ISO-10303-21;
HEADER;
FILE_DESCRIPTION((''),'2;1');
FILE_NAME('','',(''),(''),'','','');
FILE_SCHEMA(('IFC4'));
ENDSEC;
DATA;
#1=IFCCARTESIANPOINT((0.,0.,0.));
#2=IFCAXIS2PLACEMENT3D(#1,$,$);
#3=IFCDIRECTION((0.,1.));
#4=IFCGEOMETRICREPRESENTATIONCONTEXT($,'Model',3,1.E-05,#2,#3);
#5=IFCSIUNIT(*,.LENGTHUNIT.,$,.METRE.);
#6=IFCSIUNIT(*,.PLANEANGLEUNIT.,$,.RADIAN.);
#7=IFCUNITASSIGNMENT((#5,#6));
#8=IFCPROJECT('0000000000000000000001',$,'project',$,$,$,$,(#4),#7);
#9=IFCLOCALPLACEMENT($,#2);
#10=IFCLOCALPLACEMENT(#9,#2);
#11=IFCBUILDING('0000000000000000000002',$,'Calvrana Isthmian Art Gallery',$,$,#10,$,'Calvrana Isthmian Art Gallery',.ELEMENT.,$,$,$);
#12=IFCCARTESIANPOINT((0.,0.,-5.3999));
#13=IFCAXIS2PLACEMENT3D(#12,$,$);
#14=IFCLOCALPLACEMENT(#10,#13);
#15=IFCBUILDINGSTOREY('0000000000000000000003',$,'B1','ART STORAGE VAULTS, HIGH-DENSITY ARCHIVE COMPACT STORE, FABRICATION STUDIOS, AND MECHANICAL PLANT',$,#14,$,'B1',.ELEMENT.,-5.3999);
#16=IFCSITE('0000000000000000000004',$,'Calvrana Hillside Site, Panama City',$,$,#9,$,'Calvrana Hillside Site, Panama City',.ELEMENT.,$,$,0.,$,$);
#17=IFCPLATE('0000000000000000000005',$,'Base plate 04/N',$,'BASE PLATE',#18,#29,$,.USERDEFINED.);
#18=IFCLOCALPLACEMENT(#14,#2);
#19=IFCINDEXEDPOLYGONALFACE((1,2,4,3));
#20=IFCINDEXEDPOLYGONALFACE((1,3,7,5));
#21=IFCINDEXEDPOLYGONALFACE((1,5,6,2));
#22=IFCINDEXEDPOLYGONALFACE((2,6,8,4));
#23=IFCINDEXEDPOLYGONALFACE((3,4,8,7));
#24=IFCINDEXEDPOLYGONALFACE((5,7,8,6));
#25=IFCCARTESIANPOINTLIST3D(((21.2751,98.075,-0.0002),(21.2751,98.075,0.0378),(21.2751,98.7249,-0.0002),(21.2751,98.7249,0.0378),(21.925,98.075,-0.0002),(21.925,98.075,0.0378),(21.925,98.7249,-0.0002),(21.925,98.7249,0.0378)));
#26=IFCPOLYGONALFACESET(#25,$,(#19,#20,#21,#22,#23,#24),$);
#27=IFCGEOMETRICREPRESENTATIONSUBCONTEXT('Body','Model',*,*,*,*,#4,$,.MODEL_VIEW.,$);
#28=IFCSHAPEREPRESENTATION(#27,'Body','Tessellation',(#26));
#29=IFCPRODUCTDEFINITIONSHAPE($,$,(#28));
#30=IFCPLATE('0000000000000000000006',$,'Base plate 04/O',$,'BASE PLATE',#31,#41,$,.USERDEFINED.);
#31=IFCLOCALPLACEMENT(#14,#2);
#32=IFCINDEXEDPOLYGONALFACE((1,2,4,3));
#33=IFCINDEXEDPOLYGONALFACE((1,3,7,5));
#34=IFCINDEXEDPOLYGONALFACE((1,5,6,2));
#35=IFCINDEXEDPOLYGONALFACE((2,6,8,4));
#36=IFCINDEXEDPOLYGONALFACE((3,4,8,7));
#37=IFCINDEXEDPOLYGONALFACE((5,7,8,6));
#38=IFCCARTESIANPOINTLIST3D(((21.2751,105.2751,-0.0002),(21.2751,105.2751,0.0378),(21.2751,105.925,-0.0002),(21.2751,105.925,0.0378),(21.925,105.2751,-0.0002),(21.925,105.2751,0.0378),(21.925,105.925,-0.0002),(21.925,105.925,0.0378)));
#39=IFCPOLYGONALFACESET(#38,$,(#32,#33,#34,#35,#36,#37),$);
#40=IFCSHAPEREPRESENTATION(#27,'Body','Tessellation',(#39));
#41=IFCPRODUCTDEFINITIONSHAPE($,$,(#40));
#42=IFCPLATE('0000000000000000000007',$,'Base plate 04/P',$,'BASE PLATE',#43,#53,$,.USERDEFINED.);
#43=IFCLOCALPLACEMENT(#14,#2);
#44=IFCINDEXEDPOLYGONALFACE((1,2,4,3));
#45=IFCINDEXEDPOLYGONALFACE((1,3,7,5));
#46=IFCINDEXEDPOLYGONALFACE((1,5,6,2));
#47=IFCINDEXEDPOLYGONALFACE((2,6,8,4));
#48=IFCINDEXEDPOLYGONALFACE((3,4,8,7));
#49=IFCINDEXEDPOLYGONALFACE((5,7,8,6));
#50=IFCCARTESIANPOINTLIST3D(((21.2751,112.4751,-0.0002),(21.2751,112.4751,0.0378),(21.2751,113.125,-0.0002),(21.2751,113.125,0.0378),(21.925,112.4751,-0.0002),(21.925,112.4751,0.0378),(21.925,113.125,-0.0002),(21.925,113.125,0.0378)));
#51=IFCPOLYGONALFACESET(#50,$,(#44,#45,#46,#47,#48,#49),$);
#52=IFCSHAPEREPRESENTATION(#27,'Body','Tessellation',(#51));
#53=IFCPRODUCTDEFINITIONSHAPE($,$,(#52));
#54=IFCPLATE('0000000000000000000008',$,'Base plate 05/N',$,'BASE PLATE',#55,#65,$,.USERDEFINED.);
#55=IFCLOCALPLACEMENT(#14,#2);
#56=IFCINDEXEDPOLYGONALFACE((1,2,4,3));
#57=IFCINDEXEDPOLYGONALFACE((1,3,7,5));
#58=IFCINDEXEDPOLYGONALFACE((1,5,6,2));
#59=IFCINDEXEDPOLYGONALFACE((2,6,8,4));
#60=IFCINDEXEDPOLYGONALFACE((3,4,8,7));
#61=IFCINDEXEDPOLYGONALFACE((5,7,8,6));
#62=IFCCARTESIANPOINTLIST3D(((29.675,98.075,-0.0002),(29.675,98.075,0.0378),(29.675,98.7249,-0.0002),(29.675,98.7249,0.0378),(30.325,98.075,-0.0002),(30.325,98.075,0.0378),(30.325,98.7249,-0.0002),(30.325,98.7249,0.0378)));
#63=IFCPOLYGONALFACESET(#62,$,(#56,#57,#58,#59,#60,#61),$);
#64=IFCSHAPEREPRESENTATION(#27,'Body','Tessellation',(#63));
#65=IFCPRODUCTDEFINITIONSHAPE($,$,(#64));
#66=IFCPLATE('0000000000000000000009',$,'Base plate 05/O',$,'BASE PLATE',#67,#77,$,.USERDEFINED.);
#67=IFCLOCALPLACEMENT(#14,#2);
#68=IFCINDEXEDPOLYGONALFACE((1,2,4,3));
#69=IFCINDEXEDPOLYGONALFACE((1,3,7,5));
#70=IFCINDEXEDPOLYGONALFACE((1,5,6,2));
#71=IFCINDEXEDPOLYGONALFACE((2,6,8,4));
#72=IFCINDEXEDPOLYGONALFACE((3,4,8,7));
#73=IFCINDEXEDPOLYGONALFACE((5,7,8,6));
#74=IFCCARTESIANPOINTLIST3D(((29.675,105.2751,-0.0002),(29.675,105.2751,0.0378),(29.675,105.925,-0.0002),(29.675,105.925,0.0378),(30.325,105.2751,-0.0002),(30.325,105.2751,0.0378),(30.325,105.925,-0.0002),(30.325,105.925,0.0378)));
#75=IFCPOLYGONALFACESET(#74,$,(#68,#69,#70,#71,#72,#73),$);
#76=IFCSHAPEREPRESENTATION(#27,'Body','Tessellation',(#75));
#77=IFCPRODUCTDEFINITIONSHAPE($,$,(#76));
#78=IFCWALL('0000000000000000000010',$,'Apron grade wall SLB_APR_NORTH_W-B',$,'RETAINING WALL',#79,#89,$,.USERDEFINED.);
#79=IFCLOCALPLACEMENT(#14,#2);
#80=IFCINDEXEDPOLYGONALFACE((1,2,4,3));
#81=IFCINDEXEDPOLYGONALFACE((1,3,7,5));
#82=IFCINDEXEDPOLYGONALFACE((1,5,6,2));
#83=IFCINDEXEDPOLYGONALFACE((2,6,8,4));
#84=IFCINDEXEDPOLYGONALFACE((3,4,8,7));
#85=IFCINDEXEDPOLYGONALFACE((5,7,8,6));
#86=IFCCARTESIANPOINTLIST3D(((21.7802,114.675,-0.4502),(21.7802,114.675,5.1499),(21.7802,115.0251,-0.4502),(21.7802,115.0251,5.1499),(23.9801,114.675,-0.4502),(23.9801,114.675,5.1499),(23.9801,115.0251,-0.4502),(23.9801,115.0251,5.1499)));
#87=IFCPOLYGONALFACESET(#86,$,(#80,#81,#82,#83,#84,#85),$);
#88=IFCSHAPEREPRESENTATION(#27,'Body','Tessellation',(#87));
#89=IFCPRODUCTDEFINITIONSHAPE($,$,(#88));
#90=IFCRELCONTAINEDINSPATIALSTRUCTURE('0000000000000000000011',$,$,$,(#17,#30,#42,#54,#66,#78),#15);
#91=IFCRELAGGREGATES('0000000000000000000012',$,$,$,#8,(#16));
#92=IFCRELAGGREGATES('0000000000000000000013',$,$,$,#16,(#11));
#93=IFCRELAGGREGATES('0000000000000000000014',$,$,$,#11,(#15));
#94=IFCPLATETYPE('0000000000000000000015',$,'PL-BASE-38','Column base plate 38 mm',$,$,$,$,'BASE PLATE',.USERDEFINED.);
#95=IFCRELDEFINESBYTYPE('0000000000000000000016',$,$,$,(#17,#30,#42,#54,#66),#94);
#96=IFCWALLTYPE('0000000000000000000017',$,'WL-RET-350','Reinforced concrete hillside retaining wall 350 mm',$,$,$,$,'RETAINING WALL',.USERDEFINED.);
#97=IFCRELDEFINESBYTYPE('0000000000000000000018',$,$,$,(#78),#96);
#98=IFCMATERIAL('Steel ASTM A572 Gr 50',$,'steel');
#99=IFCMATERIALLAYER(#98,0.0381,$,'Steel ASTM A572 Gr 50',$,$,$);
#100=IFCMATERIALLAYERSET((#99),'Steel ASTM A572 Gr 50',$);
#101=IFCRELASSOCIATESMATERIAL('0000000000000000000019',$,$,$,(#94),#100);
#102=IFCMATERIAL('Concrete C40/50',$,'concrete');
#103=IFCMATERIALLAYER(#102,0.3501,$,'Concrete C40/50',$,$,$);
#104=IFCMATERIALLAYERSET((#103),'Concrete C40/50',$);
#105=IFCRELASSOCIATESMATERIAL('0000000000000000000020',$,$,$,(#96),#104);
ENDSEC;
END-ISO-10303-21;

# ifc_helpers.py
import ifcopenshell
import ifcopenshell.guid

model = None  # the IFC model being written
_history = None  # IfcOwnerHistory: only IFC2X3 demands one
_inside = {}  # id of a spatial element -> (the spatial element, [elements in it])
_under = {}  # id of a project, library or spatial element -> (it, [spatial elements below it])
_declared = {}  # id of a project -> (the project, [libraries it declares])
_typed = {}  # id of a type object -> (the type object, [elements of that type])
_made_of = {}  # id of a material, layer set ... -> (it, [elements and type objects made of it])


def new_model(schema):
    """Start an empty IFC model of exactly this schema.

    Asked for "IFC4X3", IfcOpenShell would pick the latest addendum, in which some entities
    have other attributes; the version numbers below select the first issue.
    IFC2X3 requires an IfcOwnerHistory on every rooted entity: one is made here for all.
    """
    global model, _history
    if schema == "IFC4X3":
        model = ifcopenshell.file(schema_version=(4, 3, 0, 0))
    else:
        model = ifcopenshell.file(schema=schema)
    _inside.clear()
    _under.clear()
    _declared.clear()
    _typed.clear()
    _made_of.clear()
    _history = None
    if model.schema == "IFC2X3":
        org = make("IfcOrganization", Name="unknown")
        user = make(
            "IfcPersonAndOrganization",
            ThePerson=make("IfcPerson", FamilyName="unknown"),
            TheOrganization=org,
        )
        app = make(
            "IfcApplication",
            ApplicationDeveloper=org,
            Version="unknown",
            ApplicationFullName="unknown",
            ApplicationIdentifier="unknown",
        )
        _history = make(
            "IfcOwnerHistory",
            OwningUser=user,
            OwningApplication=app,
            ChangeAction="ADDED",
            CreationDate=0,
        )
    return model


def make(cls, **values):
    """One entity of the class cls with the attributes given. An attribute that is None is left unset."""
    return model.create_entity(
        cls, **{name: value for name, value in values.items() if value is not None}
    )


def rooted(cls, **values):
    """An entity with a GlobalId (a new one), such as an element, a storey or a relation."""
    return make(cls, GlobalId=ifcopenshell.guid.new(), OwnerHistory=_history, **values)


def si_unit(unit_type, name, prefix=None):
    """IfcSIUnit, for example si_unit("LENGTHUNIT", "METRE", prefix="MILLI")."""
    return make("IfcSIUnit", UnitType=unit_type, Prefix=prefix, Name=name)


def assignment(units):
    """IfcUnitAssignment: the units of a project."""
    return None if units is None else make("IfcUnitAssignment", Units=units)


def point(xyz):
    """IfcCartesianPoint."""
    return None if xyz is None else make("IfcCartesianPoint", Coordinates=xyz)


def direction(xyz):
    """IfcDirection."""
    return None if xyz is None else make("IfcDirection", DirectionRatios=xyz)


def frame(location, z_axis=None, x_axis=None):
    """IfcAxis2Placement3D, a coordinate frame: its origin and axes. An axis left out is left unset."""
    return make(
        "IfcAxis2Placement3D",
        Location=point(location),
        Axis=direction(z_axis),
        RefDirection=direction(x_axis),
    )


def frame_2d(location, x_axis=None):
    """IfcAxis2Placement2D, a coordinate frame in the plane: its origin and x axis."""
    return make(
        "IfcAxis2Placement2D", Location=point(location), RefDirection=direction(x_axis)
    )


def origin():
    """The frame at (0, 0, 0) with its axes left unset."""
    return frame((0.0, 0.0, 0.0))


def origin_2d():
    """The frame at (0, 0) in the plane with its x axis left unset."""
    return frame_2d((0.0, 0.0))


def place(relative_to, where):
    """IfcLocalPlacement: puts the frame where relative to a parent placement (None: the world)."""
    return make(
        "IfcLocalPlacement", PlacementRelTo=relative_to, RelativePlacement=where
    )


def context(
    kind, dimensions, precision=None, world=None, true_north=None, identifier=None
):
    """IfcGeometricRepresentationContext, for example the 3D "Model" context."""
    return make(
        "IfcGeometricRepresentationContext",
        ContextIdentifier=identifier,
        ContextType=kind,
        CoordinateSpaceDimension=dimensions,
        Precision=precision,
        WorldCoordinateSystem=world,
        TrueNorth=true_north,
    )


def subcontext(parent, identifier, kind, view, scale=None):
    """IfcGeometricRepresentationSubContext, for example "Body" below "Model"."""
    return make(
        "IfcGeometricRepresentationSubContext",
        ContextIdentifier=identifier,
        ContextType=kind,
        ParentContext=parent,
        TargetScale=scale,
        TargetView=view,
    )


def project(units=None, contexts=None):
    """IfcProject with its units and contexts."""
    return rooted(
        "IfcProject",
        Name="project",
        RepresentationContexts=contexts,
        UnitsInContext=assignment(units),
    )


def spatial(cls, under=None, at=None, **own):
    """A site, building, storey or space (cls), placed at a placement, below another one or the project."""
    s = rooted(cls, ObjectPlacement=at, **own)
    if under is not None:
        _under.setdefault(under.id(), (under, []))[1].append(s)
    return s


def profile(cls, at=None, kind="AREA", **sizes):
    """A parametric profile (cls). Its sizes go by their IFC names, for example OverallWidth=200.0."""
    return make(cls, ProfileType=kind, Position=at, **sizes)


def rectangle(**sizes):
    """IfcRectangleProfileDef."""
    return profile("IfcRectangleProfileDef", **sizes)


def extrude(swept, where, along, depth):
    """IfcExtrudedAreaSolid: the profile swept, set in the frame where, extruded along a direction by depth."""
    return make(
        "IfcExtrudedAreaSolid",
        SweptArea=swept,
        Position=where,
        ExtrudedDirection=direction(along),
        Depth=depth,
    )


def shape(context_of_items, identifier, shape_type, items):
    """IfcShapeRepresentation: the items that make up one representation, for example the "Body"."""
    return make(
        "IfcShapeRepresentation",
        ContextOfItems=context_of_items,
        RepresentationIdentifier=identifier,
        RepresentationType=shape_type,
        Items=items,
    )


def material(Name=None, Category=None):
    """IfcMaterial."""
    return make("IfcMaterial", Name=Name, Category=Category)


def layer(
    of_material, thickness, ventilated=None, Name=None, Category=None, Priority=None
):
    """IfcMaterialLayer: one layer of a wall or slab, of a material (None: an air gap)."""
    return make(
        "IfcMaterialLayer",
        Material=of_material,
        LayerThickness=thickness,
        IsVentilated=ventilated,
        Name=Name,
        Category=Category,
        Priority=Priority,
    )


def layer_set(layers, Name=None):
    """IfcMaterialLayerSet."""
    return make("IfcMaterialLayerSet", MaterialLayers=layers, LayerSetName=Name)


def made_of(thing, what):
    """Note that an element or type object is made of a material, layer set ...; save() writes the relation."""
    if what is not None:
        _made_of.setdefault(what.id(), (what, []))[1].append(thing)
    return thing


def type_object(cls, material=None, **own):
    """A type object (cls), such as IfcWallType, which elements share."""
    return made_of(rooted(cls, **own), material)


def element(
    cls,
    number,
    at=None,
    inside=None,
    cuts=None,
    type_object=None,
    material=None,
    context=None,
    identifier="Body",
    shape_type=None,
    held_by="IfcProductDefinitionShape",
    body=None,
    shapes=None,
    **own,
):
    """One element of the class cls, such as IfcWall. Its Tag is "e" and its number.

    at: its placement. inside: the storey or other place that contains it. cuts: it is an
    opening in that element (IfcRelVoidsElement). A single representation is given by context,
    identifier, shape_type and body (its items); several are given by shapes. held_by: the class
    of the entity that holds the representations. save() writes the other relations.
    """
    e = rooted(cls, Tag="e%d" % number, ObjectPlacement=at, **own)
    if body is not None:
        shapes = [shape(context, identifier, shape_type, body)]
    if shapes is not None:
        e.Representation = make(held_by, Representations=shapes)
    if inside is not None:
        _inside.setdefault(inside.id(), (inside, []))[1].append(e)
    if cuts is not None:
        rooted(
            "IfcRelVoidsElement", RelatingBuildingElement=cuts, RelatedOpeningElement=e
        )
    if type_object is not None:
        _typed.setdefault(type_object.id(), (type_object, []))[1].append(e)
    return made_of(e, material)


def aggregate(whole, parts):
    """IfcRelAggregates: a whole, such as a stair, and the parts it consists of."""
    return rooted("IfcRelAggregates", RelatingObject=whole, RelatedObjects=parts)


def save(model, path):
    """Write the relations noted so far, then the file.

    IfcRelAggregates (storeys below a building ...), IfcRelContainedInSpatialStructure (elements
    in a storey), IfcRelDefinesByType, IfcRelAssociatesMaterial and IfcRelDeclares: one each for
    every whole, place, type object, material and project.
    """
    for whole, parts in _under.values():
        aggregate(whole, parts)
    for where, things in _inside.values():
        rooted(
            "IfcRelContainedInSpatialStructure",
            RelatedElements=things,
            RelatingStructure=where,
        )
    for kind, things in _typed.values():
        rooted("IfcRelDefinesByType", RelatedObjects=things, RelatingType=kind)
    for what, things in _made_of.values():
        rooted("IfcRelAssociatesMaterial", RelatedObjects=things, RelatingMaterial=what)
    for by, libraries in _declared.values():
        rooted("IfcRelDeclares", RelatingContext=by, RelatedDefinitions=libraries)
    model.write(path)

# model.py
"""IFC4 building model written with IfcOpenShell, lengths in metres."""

from ifc_helpers import new_model, si_unit, direction, frame, frame_2d, origin, origin_2d, place, context, subcontext, project, spatial, rectangle, extrude, material, layer, layer_set, type_object, element, save


model = new_model("IFC4")

# Units and contexts
model_context = context("Model", 3, precision=1e-05, world=origin(), true_north=direction((0.0, 1.0)))
body_context = subcontext(model_context, "Body", "Model", "MODEL_VIEW")
ifc_project = project(units=[si_unit("LENGTHUNIT", "METRE"), si_unit("PLANEANGLEUNIT", "RADIAN")], contexts=[model_context])

# Site, building, storey
site_placement = place(None, origin())
site = spatial("IfcSite", under=ifc_project, at=site_placement, Name="Calvrana Hillside Site, Panama City", LongName="Calvrana Hillside Site, Panama City", CompositionType="ELEMENT", RefElevation=0.0)
building_placement = place(site_placement, origin())
building = spatial("IfcBuilding", under=site, at=building_placement, Name="Calvrana Isthmian Art Gallery", LongName="Calvrana Isthmian Art Gallery", CompositionType="ELEMENT")
storey_placement = place(building_placement, frame((0.0, 0.0, -5.3999)))
storey = spatial("IfcBuildingStorey", under=building, at=storey_placement, Name="B1", Description="ART STORAGE VAULTS, HIGH-DENSITY ARCHIVE COMPACT STORE, FABRICATION STUDIOS, AND MECHANICAL PLANT", LongName="B1", CompositionType="ELEMENT", Elevation=-5.3999)

# Shared definitions
ifc_material_1 = material(Name="Concrete C40/50", Category="concrete")

# Plates
ifc_material_2 = material(Name="Steel ASTM A572 Gr 50", Category="steel")
ifc_layer_1 = layer(ifc_material_2, 0.0381, Name="Steel ASTM A572 Gr 50")
ifc_layer_set_1 = layer_set([ifc_layer_1], Name="Steel ASTM A572 Gr 50")
plate_type = type_object("IfcPlateType", Name="PL-BASE-38", Description="Column base plate 38 mm", ElementType="BASE PLATE", PredefinedType="USERDEFINED", material=ifc_layer_set_1)
for number, where, z_axis, x_axis, name in (
    (1, (21.6001, 98.3999, -0.0002), (0.0, 0.0, 1.0), (1.0, 0.0, 0.0), "Base plate 04/N"),
    (2, (21.6001, 105.6001, -0.0002), (0.0, 0.0, 1.0), (1.0, 0.0, 0.0), "Base plate 04/O"),
    (3, (21.6001, 112.8, -0.0002), (0.0, 0.0, 1.0), (1.0, 0.0, 0.0), "Base plate 04/P"),
    (4, (30.0, 98.3999, -0.0002), (0.0, 0.0, 1.0), (1.0, 0.0, 0.0), "Base plate 05/N"),
    (5, (30.0, 105.6001, -0.0002), (0.0, 0.0, 1.0), (1.0, 0.0, 0.0), "Base plate 05/O"),
):
    element("IfcPlate", number, at=place(storey_placement, frame(where, z_axis=z_axis, x_axis=x_axis)), inside=storey, type_object=plate_type, Name=name, ObjectType="BASE PLATE", PredefinedType="USERDEFINED", context=body_context, shape_type="SweptSolid", body=[
        extrude(rectangle(XDim=0.6499, YDim=0.6499, at=origin_2d()), origin(), (0.0, 0.0, 1.0), 0.0381),
    ])

# Wall
ifc_layer_2 = layer(ifc_material_1, 0.3501, Name="Concrete C40/50")
ifc_layer_set_2 = layer_set([ifc_layer_2], Name="Concrete C40/50")
wall_type = type_object("IfcWallType", Name="WL-RET-350", Description="Reinforced concrete hillside retaining wall 350 mm", ElementType="RETAINING WALL", PredefinedType="USERDEFINED", material=ifc_layer_set_2)
wall_placement = place(storey_placement, frame((21.78, 114.8501, -0.4502), z_axis=(0.0, 0.0, 1.0), x_axis=(1.0, 0.0, 0.0)))
element("IfcWall", 6, at=wall_placement, inside=storey, type_object=wall_type, Name="Apron grade wall SLB_APR_NORTH_W-B", ObjectType="RETAINING WALL", PredefinedType="USERDEFINED", context=body_context, shape_type="SweptSolid", body=[
    extrude(rectangle(XDim=2.2, YDim=0.3501, at=frame_2d((1.1001, 0.0))), origin(), (0.0, 0.0, 1.0), 5.6001),
])

save(model, "model.ifc")
